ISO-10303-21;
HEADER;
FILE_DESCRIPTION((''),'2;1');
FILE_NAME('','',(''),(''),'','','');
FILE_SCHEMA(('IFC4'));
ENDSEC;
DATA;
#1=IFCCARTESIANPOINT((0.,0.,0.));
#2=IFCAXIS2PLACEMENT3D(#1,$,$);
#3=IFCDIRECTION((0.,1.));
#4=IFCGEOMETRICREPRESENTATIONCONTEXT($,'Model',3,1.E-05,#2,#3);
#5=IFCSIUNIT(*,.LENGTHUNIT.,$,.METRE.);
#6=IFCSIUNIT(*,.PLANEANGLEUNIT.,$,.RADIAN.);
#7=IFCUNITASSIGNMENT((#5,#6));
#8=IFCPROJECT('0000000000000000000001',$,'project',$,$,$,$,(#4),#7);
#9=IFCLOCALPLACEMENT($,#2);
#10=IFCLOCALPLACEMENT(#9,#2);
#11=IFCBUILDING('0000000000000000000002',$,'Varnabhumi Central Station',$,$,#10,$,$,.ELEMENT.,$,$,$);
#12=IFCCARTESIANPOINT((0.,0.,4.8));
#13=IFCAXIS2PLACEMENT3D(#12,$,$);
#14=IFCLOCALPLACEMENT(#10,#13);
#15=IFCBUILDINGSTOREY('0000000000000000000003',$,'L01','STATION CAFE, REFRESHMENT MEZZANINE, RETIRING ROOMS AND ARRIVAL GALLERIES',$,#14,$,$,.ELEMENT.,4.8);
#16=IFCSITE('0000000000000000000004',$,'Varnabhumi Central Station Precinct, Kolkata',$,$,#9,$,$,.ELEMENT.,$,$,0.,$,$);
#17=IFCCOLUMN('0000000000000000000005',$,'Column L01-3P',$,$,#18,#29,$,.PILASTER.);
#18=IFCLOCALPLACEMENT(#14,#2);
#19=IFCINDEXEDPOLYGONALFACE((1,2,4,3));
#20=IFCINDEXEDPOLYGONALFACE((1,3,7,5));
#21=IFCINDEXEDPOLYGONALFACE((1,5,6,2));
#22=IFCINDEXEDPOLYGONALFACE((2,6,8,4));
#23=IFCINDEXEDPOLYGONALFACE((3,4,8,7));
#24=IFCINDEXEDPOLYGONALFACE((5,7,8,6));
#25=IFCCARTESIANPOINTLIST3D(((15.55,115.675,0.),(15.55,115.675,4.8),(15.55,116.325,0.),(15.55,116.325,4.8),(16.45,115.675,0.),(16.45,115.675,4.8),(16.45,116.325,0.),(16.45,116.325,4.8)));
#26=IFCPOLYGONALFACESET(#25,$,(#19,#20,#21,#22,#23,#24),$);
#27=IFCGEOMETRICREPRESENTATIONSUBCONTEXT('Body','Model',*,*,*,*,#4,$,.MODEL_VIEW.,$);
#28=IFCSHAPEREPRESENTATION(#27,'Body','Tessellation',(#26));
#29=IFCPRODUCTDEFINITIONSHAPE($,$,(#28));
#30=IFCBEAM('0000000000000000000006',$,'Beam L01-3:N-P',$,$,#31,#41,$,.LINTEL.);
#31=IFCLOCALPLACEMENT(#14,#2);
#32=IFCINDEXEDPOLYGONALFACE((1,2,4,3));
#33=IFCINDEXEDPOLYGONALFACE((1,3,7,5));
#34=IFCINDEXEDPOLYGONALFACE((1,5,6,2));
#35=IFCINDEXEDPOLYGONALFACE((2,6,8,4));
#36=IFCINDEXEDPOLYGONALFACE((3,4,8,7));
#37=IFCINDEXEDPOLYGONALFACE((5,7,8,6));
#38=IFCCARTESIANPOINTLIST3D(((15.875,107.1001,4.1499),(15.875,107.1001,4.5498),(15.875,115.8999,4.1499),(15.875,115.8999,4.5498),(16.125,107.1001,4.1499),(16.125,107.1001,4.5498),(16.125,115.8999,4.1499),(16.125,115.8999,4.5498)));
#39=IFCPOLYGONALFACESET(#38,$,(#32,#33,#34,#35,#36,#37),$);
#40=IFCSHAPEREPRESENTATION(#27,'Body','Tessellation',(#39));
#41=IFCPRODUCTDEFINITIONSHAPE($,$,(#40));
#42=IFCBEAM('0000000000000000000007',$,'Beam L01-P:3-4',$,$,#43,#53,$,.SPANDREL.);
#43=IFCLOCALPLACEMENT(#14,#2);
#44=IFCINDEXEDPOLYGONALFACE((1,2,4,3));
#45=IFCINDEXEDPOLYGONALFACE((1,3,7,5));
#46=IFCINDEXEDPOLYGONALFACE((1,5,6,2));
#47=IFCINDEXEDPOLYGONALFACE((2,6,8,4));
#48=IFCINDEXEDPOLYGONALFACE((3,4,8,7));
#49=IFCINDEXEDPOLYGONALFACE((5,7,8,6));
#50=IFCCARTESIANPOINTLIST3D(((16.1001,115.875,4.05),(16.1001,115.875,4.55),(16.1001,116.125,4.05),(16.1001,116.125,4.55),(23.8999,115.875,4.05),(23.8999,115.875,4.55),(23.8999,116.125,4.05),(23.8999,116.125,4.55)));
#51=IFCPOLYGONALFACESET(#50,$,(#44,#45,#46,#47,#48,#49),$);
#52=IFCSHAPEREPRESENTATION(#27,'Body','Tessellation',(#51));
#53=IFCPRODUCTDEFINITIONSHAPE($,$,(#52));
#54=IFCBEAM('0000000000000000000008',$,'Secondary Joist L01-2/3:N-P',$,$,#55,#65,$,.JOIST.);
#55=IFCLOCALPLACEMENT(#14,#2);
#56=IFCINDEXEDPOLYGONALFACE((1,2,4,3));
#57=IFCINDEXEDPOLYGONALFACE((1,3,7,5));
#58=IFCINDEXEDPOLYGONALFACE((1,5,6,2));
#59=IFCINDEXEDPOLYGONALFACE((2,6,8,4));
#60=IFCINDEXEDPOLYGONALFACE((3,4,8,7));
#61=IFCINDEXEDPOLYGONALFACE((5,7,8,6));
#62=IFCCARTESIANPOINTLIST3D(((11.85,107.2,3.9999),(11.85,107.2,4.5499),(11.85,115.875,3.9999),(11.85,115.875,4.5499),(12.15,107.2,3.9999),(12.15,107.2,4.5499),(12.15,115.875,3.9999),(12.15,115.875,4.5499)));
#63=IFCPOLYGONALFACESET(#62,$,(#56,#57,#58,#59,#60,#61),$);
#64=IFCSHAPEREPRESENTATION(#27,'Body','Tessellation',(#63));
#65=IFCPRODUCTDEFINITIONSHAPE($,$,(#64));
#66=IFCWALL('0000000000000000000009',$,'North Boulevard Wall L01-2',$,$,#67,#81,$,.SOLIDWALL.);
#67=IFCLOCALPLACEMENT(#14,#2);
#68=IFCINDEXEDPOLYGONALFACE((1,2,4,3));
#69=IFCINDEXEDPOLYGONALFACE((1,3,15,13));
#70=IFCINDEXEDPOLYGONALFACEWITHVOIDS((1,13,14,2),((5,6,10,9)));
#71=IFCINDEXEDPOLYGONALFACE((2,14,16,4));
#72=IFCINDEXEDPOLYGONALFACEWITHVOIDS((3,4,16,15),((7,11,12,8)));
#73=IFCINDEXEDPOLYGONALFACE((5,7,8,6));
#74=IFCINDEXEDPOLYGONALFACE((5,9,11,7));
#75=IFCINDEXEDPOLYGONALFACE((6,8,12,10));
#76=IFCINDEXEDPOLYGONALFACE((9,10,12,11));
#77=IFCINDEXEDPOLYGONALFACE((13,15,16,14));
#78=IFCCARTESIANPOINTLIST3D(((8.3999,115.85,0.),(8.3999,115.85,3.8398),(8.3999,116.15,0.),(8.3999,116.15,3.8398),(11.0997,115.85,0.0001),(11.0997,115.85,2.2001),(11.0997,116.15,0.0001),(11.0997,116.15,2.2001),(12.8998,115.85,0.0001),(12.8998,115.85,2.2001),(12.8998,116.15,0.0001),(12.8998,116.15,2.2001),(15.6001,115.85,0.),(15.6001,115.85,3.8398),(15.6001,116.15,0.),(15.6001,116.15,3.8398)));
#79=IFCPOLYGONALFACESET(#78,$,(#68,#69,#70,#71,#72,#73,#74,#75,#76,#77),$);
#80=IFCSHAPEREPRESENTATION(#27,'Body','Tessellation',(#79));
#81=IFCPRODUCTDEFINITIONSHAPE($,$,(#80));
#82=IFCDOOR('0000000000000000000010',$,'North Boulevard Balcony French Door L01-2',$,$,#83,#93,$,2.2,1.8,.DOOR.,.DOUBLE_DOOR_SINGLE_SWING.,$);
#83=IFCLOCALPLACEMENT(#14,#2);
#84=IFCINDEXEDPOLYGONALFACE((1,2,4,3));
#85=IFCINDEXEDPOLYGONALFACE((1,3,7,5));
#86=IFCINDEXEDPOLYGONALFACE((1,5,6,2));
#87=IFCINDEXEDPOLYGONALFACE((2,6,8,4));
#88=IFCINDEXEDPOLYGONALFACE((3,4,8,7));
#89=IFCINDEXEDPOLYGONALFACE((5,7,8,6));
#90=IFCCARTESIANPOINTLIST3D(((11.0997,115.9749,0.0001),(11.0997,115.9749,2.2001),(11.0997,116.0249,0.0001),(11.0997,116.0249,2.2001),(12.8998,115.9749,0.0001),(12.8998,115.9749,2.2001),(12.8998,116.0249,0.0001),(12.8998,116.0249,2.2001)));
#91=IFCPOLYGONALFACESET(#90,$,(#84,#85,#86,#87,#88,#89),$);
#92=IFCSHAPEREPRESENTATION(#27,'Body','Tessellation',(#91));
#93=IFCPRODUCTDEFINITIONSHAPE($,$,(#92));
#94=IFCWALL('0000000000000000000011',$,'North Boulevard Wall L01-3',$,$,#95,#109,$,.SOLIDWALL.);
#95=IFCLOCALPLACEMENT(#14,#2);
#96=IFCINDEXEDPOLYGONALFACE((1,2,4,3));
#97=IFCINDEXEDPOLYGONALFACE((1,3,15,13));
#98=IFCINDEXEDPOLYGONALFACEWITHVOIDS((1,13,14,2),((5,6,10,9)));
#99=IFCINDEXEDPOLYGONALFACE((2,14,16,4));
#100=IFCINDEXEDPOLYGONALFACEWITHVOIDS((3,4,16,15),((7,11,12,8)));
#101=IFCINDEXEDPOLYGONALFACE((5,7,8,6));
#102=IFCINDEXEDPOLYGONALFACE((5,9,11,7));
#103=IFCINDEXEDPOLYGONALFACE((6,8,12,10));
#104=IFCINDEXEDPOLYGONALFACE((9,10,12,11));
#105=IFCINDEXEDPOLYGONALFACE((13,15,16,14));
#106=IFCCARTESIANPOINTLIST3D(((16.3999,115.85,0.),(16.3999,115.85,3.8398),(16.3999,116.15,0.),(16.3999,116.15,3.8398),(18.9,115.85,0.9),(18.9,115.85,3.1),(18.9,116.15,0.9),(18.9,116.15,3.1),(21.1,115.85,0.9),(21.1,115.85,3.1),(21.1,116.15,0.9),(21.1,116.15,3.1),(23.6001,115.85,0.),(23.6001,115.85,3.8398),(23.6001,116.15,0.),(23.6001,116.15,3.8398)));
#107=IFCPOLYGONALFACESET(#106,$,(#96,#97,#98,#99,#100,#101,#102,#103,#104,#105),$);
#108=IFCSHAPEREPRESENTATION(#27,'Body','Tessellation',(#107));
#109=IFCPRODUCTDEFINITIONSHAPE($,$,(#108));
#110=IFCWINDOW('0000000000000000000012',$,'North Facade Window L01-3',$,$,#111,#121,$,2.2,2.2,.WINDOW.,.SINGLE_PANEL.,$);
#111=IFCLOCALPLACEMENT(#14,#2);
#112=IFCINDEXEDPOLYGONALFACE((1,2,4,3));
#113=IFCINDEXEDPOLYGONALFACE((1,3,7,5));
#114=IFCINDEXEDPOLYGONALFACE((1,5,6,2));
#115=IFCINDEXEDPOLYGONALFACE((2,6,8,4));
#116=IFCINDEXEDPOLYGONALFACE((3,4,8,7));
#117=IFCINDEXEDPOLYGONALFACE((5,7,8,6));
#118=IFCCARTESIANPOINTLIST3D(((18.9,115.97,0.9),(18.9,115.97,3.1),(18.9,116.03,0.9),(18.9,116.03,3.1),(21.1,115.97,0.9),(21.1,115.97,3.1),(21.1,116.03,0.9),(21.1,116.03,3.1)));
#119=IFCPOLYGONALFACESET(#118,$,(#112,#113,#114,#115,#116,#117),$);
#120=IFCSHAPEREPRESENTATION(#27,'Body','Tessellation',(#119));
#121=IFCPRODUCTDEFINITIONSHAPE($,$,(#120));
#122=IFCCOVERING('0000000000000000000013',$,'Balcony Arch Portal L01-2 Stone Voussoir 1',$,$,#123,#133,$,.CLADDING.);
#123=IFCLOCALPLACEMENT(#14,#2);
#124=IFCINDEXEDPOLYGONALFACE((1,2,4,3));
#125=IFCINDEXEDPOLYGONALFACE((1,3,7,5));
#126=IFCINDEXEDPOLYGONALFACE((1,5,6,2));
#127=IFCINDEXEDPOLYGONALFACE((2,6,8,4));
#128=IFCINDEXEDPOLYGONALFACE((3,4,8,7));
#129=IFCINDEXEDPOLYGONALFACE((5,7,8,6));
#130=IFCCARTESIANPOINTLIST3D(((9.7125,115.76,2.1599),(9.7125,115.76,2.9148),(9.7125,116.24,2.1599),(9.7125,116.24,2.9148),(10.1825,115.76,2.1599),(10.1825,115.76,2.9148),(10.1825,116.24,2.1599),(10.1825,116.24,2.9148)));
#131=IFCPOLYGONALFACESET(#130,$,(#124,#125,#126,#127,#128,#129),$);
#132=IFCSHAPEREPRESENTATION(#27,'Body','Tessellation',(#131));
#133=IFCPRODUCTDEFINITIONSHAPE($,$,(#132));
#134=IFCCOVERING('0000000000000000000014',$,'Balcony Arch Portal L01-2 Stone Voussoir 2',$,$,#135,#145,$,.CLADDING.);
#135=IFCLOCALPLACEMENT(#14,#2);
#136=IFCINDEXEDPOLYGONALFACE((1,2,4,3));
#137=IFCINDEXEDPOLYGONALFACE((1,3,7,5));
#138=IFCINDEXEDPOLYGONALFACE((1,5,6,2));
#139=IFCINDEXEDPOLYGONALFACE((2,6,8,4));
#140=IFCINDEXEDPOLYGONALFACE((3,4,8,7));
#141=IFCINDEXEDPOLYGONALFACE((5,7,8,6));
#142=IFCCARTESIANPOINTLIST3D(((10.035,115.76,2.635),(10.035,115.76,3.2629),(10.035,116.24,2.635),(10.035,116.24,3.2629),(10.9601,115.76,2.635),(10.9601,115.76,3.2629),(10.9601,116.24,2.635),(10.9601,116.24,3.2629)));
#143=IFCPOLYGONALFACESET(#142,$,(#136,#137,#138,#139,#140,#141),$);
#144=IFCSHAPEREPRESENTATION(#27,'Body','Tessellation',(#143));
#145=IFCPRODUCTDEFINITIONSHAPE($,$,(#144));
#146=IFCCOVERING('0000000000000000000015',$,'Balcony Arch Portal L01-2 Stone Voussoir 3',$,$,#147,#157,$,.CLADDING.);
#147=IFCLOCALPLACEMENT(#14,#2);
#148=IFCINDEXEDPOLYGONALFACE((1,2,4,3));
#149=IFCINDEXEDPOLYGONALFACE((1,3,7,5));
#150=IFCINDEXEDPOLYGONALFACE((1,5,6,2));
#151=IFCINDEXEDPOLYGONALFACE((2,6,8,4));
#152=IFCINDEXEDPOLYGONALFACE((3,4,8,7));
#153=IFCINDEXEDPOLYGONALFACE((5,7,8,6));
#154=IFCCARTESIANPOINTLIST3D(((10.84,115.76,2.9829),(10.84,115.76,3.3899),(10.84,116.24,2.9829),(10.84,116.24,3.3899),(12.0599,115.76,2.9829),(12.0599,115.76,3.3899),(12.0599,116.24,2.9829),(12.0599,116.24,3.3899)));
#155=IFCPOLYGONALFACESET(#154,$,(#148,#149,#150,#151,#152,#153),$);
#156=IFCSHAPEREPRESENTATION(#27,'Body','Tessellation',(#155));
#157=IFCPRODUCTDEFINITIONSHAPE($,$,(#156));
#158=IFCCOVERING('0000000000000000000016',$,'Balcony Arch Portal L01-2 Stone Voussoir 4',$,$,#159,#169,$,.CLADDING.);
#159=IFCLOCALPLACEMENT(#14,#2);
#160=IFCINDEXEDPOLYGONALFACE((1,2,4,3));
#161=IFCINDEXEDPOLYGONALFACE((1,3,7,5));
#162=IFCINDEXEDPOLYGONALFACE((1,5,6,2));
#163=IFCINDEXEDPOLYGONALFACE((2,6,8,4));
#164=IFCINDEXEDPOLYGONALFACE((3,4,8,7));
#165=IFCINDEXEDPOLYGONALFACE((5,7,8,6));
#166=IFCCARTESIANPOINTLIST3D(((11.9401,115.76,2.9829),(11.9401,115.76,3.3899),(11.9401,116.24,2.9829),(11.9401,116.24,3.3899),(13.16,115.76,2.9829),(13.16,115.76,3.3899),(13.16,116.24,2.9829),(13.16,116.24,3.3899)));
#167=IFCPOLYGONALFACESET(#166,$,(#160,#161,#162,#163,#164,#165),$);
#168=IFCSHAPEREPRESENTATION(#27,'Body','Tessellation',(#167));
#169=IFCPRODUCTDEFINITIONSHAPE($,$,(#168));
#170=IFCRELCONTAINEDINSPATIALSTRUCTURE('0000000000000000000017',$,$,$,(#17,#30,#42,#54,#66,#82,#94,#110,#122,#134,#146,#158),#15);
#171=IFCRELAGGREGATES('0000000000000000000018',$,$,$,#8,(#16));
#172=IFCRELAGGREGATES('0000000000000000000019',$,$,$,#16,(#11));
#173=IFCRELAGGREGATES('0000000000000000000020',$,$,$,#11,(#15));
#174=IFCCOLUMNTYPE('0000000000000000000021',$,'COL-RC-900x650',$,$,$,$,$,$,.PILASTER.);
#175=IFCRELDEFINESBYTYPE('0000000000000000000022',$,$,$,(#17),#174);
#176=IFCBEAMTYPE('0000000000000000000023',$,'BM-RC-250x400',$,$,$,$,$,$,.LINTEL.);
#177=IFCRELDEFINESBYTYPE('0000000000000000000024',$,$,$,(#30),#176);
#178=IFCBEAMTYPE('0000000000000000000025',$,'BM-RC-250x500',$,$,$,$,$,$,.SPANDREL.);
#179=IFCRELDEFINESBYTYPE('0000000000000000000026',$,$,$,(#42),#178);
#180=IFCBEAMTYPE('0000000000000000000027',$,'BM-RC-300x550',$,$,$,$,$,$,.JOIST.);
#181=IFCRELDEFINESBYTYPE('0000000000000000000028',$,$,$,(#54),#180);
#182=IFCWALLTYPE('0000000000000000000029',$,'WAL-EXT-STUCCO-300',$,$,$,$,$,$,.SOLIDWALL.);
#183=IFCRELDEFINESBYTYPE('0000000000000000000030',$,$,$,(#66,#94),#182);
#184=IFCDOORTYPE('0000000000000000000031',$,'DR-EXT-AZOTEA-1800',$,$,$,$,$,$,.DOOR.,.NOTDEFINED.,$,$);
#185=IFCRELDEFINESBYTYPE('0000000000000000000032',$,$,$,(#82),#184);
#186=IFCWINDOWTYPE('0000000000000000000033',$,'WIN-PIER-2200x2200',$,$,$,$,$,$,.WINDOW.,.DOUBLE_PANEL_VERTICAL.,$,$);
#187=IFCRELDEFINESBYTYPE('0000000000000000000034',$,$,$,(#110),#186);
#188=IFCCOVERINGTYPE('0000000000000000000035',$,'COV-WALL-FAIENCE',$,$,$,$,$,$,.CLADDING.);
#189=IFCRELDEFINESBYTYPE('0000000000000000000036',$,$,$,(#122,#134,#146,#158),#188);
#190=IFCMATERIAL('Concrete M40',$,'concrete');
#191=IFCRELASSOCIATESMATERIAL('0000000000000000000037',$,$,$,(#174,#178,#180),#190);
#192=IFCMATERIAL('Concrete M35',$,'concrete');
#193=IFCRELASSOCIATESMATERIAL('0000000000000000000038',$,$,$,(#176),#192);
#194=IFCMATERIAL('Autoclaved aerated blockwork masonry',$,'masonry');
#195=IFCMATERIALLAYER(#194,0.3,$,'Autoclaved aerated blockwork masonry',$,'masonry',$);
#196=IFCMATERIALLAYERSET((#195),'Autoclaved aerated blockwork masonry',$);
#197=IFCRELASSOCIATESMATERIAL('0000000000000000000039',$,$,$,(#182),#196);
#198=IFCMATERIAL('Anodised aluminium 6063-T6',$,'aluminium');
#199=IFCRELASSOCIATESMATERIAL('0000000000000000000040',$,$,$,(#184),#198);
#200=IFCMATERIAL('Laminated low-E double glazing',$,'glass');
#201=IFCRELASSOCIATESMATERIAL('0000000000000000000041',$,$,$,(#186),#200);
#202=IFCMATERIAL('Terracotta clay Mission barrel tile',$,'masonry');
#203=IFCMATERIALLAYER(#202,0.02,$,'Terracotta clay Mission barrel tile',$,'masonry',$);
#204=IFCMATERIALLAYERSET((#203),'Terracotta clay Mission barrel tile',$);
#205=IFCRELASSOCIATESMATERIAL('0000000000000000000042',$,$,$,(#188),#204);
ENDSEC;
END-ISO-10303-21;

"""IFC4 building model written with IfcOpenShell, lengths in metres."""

from ifc_helpers import new_model, si_unit, direction, frame, frame_2d, origin, origin_2d, place, context, subcontext, project, spatial, rectangle, extrude, material, layer, layer_set, material_profile, profile_set, type_object, element, fill, save


model = new_model("IFC4")

# Units and contexts
model_context = context("Model", 3, precision=1e-05, world=origin(), true_north=direction((0.0, 1.0)))
body_context = subcontext(model_context, "Body", "Model", "MODEL_VIEW")
ifc_project = project(units=[si_unit("LENGTHUNIT", "METRE"), si_unit("PLANEANGLEUNIT", "RADIAN")], contexts=[model_context])

# Site, building, storey
site_placement = place(None, origin())
site = spatial("IfcSite", under=ifc_project, at=site_placement, Name="Varnabhumi Central Station Precinct, Kolkata", CompositionType="ELEMENT", RefElevation=0.0)
building_placement = place(site_placement, origin())
building = spatial("IfcBuilding", under=site, at=building_placement, Name="Varnabhumi Central Station", CompositionType="ELEMENT")
storey_placement = place(building_placement, frame((0.0, 0.0, 4.8)))
storey = spatial("IfcBuildingStorey", under=building, at=storey_placement, Name="L01", Description="STATION CAFE, REFRESHMENT MEZZANINE, RETIRING ROOMS AND ARRIVAL GALLERIES", CompositionType="ELEMENT", Elevation=4.8)

# Column
ifc_material_1 = material(Name="Concrete M40", Category="concrete")
ifc_material_profile_1 = material_profile(ifc_material_1, rectangle(XDim=0.8999, YDim=0.6499, at=origin_2d()), Name="Concrete M40", Category="concrete")
ifc_profile_set_1 = profile_set([ifc_material_profile_1], Name="Concrete M40")
column_type = type_object("IfcColumnType", Name="COL-RC-900x650", PredefinedType="PILASTER", material=ifc_profile_set_1)
column_placement = place(storey_placement, frame((16.0, 116.0, 0.0), z_axis=(0.0, 0.0, 1.0), x_axis=(1.0, 0.0, 0.0)))
element("IfcColumn", 1, at=column_placement, inside=storey, type_object=column_type, Name="Column L01-3P", PredefinedType="PILASTER", context=body_context, shape_type="SweptSolid", body=[
    extrude(rectangle(XDim=0.8999, YDim=0.6499, at=origin_2d()), origin(), (0.0, 0.0, 1.0), 4.8),
])

# Beams
ifc_material_2 = material(Name="Concrete M35", Category="concrete")
ifc_material_profile_2 = material_profile(ifc_material_2, rectangle(XDim=0.25, YDim=0.3999, at=origin_2d()), Name="Concrete M35", Category="concrete")
ifc_profile_set_2 = profile_set([ifc_material_profile_2], Name="Concrete M35")
beam_type_1 = type_object("IfcBeamType", Name="BM-RC-250x400", PredefinedType="LINTEL", material=ifc_profile_set_2)
beam_1_placement = place(storey_placement, frame((16.0, 107.1001, 4.3499), z_axis=(0.0, 1.0, 0.0), x_axis=(-1.0, 0.0, 0.0)))
element("IfcBeam", 2, at=beam_1_placement, inside=storey, type_object=beam_type_1, Name="Beam L01-3:N-P", PredefinedType="LINTEL", context=body_context, shape_type="SweptSolid", body=[
    extrude(rectangle(XDim=0.25, YDim=0.3999, at=origin_2d()), origin(), (0.0, 0.0, 1.0), 8.7998),
])
ifc_material_profile_3 = material_profile(ifc_material_1, rectangle(XDim=0.25, YDim=0.5, at=origin_2d()), Name="Concrete M40", Category="concrete")
ifc_profile_set_3 = profile_set([ifc_material_profile_3], Name="Concrete M40")
beam_type_2 = type_object("IfcBeamType", Name="BM-RC-250x500", PredefinedType="SPANDREL", material=ifc_profile_set_3)
beam_2_placement = place(storey_placement, frame((16.1001, 116.0, 4.3), z_axis=(1.0, 0.0, 0.0), x_axis=(0.0, 1.0, 0.0)))
element("IfcBeam", 3, at=beam_2_placement, inside=storey, type_object=beam_type_2, Name="Beam L01-P:3-4", PredefinedType="SPANDREL", context=body_context, shape_type="SweptSolid", body=[
    extrude(rectangle(XDim=0.25, YDim=0.5, at=origin_2d()), origin(), (0.0, 0.0, 1.0), 7.7998),
])
ifc_material_profile_4 = material_profile(ifc_material_1, rectangle(XDim=0.3, YDim=0.55, at=origin_2d()), Name="Concrete M40", Category="concrete")
ifc_profile_set_4 = profile_set([ifc_material_profile_4], Name="Concrete M40")
beam_type_3 = type_object("IfcBeamType", Name="BM-RC-300x550", PredefinedType="JOIST", material=ifc_profile_set_4)
beam_3_placement = place(storey_placement, frame((12.0, 107.2, 4.2749), z_axis=(0.0, 1.0, 0.0), x_axis=(-1.0, 0.0, 0.0)))
element("IfcBeam", 4, at=beam_3_placement, inside=storey, type_object=beam_type_3, Name="Secondary Joist L01-2/3:N-P", PredefinedType="JOIST", context=body_context, shape_type="SweptSolid", body=[
    extrude(rectangle(XDim=0.3, YDim=0.55, at=origin_2d()), origin(), (0.0, 0.0, 1.0), 8.675),
])

# Wall, opening, door
ifc_material_3 = material(Name="Autoclaved aerated blockwork masonry", Category="masonry")
ifc_layer_1 = layer(ifc_material_3, 0.3, Name="Autoclaved aerated blockwork masonry", Category="masonry")
ifc_layer_set_1 = layer_set([ifc_layer_1], Name="Autoclaved aerated blockwork masonry")
wall_type = type_object("IfcWallType", Name="WAL-EXT-STUCCO-300", PredefinedType="SOLIDWALL", material=ifc_layer_set_1)
wall_1_placement = place(storey_placement, frame((8.3999, 116.0, 0.0), z_axis=(0.0, 0.0, 1.0), x_axis=(1.0, 0.0, 0.0)))
wall_1 = element("IfcWall", 5, at=wall_1_placement, inside=storey, type_object=wall_type, Name="North Boulevard Wall L01-2", PredefinedType="SOLIDWALL", context=body_context, shape_type="SweptSolid", body=[
    extrude(rectangle(XDim=7.2002, YDim=0.3, at=frame_2d((3.6001, 0.0))), origin(), (0.0, 0.0, 1.0), 3.8398),
])
opening_1_placement = place(wall_1_placement, frame((2.7, 0.0, 0.0)))
opening_1 = element("IfcOpeningElement", 6, at=opening_1_placement, cuts=wall_1, PredefinedType="OPENING", context=body_context, shape_type="SweptSolid", body=[
    extrude(rectangle(XDim=1.8, YDim=2.2, at=frame_2d((0.8999, 1.1001))), frame((0.0, 0.1599, 0.0), z_axis=(0.0, -1.0, 0.0), x_axis=(1.0, 0.0, 0.0)), (0.0, 0.0, 1.0), 0.3201),
])
ifc_material_4 = material(Name="Anodised aluminium 6063-T6", Category="aluminium")
door_type = type_object("IfcDoorType", Name="DR-EXT-AZOTEA-1800", OperationType="NOTDEFINED", PredefinedType="DOOR", material=ifc_material_4)
door_placement = place(opening_1_placement, origin())
door = element("IfcDoor", 7, at=door_placement, inside=storey, type_object=door_type, Name="North Boulevard Balcony French Door L01-2", OperationType="DOUBLE_DOOR_SINGLE_SWING", OverallHeight=2.2, OverallWidth=1.8, PredefinedType="DOOR", context=body_context, shape_type="SweptSolid", body=[
    extrude(rectangle(XDim=1.8, YDim=2.2, at=frame_2d((0.8999, 1.1001))), frame((0.0, 0.0249, 0.0), z_axis=(0.0, -1.0, 0.0), x_axis=(1.0, 0.0, 0.0)), (0.0, 0.0, 1.0), 0.05),
])
fill(opening_1, door)

# Wall, opening, window
wall_2_placement = place(storey_placement, frame((16.3999, 116.0, 0.0), z_axis=(0.0, 0.0, 1.0), x_axis=(1.0, 0.0, 0.0)))
wall_2 = element("IfcWall", 8, at=wall_2_placement, inside=storey, type_object=wall_type, Name="North Boulevard Wall L01-3", PredefinedType="SOLIDWALL", context=body_context, shape_type="SweptSolid", body=[
    extrude(rectangle(XDim=7.2002, YDim=0.3, at=frame_2d((3.6001, 0.0))), origin(), (0.0, 0.0, 1.0), 3.8398),
])
opening_2_placement = place(wall_2_placement, frame((2.5, 0.0, 0.8999)))
opening_2 = element("IfcOpeningElement", 9, at=opening_2_placement, cuts=wall_2, PredefinedType="OPENING", context=body_context, shape_type="SweptSolid", body=[
    extrude(rectangle(XDim=2.2, YDim=2.2, at=frame_2d((1.1001, 1.1001))), frame((0.0, 0.1599, 0.0), z_axis=(0.0, -1.0, 0.0), x_axis=(1.0, 0.0, 0.0)), (0.0, 0.0, 1.0), 0.3201),
])
ifc_material_5 = material(Name="Laminated low-E double glazing", Category="glass")
window_type = type_object("IfcWindowType", Name="WIN-PIER-2200x2200", PartitioningType="DOUBLE_PANEL_VERTICAL", PredefinedType="WINDOW", material=ifc_material_5)
window_placement = place(opening_2_placement, origin())
window = element("IfcWindow", 10, at=window_placement, inside=storey, type_object=window_type, Name="North Facade Window L01-3", OverallHeight=2.2, OverallWidth=2.2, PartitioningType="SINGLE_PANEL", PredefinedType="WINDOW", context=body_context, shape_type="SweptSolid", body=[
    extrude(rectangle(XDim=2.2, YDim=2.2, at=frame_2d((1.1001, 1.1001))), frame((0.0, 0.03, 0.0), z_axis=(0.0, -1.0, 0.0), x_axis=(1.0, 0.0, 0.0)), (0.0, 0.0, 1.0), 0.0601),
])
fill(opening_2, window)

# Coverings
ifc_material_6 = material(Name="Terracotta clay Mission barrel tile", Category="masonry")
ifc_layer_2 = layer(ifc_material_6, 0.02, Name="Terracotta clay Mission barrel tile", Category="masonry")
ifc_layer_set_2 = layer_set([ifc_layer_2], Name="Terracotta clay Mission barrel tile")
covering_type = type_object("IfcCoveringType", Name="COV-WALL-FAIENCE", PredefinedType="CLADDING", material=ifc_layer_set_2)
covering_1_placement = place(storey_placement, frame((9.9475, 116.0, 2.1599), z_axis=(0.0, 0.0, 1.0), x_axis=(1.0, 0.0, 0.0)))
element("IfcCovering", 11, at=covering_1_placement, inside=storey, type_object=covering_type, Name="Balcony Arch Portal L01-2 Stone Voussoir 1", PredefinedType="CLADDING", context=body_context, shape_type="SweptSolid", body=[
    extrude(rectangle(XDim=0.47, YDim=0.48, at=origin_2d()), origin(), (0.0, 0.0, 1.0), 0.7549),
])
covering_2_placement = place(storey_placement, frame((10.4976, 116.0, 2.635), z_axis=(0.0, 0.0, 1.0), x_axis=(1.0, 0.0, 0.0)))
element("IfcCovering", 12, at=covering_2_placement, inside=storey, type_object=covering_type, Name="Balcony Arch Portal L01-2 Stone Voussoir 2", PredefinedType="CLADDING", context=body_context, shape_type="SweptSolid", body=[
    extrude(rectangle(XDim=0.925, YDim=0.48, at=origin_2d()), origin(), (0.0, 0.0, 1.0), 0.6279),
])
for number, where, z_axis, x_axis, name in (
    (13, (11.45, 116.0, 2.9829), (0.0, 0.0, 1.0), (1.0, 0.0, 0.0), "Balcony Arch Portal L01-2 Stone Voussoir 3"),
    (14, (12.55, 116.0, 2.9829), (0.0, 0.0, 1.0), (1.0, 0.0, 0.0), "Balcony Arch Portal L01-2 Stone Voussoir 4"),
):
    element("IfcCovering", number, at=place(storey_placement, frame(where, z_axis=z_axis, x_axis=x_axis)), inside=storey, type_object=covering_type, Name=name, PredefinedType="CLADDING", context=body_context, shape_type="SweptSolid", body=[
        extrude(rectangle(XDim=1.22, YDim=0.48, at=origin_2d()), origin(), (0.0, 0.0, 1.0), 0.407),
    ])

save(model, "model.ifc")
